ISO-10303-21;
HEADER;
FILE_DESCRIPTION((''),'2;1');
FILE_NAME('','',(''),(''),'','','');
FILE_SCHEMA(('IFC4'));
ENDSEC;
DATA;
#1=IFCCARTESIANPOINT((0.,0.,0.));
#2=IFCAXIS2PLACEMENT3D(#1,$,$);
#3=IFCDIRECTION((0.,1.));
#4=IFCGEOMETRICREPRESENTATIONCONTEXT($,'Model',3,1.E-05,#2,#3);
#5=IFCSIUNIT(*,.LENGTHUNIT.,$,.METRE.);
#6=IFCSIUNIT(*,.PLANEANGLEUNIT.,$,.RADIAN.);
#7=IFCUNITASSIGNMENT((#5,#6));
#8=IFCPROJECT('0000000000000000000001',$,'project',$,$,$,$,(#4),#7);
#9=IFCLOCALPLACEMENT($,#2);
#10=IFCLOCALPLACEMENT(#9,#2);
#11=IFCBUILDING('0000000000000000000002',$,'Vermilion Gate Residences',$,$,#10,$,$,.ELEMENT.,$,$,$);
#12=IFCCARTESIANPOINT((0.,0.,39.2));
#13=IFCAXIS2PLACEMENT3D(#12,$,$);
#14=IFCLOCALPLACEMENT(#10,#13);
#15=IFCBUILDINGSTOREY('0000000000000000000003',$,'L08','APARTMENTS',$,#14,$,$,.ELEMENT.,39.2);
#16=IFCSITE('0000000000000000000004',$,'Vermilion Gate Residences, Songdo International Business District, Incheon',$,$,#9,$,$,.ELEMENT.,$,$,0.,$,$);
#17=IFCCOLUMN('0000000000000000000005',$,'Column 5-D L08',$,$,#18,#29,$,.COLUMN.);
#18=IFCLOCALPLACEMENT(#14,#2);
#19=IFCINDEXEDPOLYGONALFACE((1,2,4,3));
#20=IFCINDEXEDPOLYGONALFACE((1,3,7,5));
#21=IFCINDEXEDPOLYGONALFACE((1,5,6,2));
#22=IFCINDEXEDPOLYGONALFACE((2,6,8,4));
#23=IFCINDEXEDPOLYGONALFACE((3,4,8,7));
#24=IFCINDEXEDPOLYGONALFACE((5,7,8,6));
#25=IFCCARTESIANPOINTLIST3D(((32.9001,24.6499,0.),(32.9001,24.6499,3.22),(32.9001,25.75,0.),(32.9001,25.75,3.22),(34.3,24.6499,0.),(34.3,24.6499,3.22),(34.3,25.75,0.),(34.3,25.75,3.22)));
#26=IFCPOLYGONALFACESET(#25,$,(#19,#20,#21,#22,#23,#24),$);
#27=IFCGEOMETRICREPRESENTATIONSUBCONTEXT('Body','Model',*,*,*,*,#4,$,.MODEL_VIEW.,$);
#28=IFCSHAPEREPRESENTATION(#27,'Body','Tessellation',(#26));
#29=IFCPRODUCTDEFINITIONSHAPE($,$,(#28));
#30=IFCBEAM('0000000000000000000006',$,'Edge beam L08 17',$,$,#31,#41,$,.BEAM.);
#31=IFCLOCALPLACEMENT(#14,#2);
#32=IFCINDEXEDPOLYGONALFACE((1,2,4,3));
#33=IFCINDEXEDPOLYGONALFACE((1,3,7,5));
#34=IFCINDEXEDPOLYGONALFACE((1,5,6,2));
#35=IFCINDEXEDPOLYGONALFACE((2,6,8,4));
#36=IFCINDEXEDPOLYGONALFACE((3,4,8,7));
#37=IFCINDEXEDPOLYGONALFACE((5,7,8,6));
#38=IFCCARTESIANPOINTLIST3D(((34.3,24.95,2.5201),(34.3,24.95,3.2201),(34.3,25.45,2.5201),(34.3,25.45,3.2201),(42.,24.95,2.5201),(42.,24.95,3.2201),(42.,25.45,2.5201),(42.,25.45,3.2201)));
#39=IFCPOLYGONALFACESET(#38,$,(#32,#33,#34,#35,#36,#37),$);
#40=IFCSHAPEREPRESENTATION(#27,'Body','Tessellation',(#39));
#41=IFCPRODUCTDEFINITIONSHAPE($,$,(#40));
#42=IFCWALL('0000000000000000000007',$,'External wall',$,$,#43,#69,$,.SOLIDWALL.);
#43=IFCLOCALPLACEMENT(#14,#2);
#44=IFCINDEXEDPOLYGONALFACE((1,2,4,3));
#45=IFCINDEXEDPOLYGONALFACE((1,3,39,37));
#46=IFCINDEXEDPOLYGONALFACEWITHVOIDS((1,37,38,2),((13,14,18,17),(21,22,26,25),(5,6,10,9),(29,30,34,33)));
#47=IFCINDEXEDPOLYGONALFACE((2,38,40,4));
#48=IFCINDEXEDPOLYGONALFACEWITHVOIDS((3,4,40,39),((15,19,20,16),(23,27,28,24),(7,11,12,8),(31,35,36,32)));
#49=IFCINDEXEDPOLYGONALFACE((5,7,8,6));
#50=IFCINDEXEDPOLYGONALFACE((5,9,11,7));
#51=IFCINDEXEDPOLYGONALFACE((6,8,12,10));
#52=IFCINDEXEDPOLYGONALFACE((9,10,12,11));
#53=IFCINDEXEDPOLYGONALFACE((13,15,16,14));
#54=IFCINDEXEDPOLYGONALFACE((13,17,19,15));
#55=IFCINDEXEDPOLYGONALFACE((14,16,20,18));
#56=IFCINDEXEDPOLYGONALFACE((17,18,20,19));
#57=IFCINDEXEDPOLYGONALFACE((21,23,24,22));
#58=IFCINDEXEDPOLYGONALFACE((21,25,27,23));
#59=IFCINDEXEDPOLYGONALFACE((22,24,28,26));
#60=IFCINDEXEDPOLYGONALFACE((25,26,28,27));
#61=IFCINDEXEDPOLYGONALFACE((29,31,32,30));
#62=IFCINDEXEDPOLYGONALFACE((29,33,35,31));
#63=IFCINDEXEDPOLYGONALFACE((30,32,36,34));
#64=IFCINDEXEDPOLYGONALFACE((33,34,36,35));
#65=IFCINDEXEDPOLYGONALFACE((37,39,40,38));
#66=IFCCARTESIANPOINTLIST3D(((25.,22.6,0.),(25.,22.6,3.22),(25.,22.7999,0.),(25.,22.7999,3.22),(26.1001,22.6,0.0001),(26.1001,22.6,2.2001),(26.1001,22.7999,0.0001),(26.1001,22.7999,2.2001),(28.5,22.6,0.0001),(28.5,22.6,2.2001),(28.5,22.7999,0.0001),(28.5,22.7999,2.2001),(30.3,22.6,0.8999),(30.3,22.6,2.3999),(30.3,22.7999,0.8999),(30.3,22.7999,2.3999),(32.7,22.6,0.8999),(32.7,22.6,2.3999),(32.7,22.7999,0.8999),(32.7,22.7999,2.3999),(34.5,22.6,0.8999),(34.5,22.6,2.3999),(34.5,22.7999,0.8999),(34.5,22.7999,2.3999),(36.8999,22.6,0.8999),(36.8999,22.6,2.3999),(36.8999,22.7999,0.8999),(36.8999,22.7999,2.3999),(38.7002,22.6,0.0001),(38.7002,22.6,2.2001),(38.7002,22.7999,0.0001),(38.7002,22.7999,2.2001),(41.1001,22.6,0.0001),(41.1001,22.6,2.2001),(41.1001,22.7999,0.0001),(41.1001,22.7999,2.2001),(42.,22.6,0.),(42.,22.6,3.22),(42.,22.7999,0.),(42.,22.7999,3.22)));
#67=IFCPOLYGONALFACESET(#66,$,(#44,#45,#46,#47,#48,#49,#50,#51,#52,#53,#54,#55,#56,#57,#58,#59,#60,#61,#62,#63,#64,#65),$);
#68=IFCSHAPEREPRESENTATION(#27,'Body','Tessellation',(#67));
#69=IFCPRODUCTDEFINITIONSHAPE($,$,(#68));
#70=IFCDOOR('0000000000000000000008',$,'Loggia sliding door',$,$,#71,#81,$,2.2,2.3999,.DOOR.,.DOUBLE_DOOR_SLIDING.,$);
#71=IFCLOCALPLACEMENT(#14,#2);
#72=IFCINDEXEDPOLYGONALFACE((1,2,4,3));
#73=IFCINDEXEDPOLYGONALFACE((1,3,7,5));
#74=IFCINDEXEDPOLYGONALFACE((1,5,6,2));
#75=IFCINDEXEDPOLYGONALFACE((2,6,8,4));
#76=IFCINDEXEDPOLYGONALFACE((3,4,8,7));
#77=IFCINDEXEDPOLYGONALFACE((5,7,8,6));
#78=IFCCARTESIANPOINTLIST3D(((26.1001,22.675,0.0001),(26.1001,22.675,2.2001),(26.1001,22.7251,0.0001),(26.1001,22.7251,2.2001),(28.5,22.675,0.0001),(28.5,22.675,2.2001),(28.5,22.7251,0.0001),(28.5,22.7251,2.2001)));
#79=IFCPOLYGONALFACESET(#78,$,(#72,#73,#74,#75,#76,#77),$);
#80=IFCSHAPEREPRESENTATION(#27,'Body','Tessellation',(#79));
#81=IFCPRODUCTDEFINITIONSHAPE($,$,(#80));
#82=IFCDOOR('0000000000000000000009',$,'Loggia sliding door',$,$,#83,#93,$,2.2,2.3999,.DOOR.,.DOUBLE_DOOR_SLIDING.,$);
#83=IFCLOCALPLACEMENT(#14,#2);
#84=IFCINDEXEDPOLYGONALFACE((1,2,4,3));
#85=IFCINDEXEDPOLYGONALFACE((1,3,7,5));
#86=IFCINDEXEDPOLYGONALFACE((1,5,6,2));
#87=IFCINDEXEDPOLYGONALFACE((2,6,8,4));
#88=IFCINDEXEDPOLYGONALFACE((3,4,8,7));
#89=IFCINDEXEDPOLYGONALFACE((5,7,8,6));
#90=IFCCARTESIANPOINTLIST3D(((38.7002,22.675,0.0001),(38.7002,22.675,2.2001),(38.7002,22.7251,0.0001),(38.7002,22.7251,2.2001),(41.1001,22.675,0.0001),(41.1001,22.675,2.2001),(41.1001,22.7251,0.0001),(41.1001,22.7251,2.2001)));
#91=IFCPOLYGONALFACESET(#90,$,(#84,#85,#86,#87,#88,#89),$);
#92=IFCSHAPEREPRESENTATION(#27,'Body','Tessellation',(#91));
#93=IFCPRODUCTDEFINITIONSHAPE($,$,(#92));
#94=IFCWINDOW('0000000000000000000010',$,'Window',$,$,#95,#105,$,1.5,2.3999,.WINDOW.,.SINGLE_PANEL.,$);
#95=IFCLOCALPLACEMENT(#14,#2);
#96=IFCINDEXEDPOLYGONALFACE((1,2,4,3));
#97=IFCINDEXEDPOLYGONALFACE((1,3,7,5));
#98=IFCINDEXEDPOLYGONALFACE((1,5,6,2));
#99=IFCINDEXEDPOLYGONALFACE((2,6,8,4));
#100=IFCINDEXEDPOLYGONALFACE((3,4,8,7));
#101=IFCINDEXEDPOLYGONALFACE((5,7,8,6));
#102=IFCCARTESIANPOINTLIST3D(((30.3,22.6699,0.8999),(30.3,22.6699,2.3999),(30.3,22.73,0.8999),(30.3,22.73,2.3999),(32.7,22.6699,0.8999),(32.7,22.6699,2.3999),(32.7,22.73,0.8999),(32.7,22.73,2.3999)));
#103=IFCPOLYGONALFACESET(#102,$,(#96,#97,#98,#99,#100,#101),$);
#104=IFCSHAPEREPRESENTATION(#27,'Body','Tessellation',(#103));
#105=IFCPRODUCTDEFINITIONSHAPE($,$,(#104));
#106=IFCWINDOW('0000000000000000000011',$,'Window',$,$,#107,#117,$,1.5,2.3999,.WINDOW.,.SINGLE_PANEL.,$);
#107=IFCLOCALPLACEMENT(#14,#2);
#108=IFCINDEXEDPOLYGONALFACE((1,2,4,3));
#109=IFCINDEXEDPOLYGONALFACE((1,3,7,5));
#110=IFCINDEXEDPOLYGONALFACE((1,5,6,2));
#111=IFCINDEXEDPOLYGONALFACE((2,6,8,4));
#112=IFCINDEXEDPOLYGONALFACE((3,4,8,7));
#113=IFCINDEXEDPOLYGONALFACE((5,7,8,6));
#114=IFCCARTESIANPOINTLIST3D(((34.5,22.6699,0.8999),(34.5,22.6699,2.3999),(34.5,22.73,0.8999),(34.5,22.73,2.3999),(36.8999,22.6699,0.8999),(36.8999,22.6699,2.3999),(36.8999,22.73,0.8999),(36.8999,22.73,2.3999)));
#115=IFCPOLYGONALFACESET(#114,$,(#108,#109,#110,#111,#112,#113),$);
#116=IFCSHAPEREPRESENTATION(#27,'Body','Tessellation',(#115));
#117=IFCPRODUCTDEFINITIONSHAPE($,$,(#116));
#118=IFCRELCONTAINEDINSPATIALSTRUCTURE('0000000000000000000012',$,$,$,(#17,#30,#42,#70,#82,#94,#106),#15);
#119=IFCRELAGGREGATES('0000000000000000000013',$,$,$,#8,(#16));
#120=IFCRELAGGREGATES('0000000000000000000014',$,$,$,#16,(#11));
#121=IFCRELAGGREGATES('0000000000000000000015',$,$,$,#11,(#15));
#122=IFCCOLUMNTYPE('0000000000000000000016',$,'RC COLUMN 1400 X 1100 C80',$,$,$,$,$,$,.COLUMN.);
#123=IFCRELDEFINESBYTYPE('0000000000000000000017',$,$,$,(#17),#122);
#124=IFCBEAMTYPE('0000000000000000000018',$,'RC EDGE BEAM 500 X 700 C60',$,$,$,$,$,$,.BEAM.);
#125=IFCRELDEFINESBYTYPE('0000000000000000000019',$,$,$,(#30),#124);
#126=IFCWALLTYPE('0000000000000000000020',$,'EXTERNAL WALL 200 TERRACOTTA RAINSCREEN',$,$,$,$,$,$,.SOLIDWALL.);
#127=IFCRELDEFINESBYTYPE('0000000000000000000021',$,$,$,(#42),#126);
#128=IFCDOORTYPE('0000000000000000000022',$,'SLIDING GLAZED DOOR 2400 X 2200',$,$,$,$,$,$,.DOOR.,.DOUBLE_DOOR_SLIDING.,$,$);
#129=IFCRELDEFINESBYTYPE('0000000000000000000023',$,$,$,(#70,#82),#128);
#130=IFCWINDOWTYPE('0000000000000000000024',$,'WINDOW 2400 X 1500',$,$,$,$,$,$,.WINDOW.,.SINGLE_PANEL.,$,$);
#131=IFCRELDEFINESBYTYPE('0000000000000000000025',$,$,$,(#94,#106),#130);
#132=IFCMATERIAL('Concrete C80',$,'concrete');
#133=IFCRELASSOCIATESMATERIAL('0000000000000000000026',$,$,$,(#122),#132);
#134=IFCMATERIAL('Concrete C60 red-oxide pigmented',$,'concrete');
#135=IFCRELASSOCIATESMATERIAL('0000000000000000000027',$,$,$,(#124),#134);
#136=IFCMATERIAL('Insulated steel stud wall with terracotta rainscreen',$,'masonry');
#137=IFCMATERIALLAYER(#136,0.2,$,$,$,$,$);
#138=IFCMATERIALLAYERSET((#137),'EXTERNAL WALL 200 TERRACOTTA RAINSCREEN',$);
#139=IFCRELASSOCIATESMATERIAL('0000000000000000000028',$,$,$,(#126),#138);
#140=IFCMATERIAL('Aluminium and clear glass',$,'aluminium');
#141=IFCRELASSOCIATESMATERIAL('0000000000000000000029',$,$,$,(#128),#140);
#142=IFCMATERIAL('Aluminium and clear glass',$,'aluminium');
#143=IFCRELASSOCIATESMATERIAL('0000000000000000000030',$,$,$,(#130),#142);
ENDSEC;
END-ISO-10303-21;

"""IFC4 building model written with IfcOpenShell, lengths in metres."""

from ifc_helpers import new_model, si_unit, direction, frame, frame_2d, origin, origin_2d, place, context, subcontext, project, spatial, rectangle, extrude, material, layer, layer_set, material_profile, profile_set, type_object, element, fill, save


model = new_model("IFC4")

# Units and contexts
model_context = context("Model", 3, precision=1e-05, world=origin(), true_north=direction((0.0, 1.0)))
body_context = subcontext(model_context, "Body", "Model", "MODEL_VIEW")
ifc_project = project(units=[si_unit("LENGTHUNIT", "METRE"), si_unit("PLANEANGLEUNIT", "RADIAN")], contexts=[model_context])

# Site, building, storey
site_placement = place(None, origin())
site = spatial("IfcSite", under=ifc_project, at=site_placement, Name="Vermilion Gate Residences, Songdo International Business District, Incheon", CompositionType="ELEMENT", RefElevation=0.0)
building_placement = place(site_placement, origin())
building = spatial("IfcBuilding", under=site, at=building_placement, Name="Vermilion Gate Residences", CompositionType="ELEMENT")
storey_placement = place(building_placement, frame((0.0, 0.0, 39.2)))
storey = spatial("IfcBuildingStorey", under=building, at=storey_placement, Name="L08", Description="APARTMENTS", CompositionType="ELEMENT", Elevation=39.2)

# Column
ifc_material_1 = material(Name="Concrete C80", Category="concrete")
ifc_material_profile_1 = material_profile(ifc_material_1, rectangle(XDim=1.3999, YDim=1.1001, at=origin_2d()), Name="RC-1400x1100")
ifc_profile_set_1 = profile_set([ifc_material_profile_1], Name="Concrete C80")
column_type = type_object("IfcColumnType", Name="RC COLUMN 1400 X 1100 C80", PredefinedType="COLUMN", material=ifc_profile_set_1)
column_placement = place(storey_placement, frame((33.6001, 25.2, 0.0), z_axis=(0.0, 0.0, 1.0), x_axis=(1.0, 0.0, 0.0)))
element("IfcColumn", 1, at=column_placement, inside=storey, type_object=column_type, Name="Column 5-D L08", PredefinedType="COLUMN", context=body_context, shape_type="SweptSolid", body=[
    extrude(rectangle(XDim=1.3999, YDim=1.1001, at=origin_2d()), origin(), (0.0, 0.0, 1.0), 3.22),
])

# Beam
ifc_material_2 = material(Name="Concrete C60 red-oxide pigmented", Category="concrete")
ifc_material_profile_2 = material_profile(ifc_material_2, rectangle(XDim=0.5, YDim=0.7, at=origin_2d()), Name="RC-500x700")
ifc_profile_set_2 = profile_set([ifc_material_profile_2], Name="Concrete C60 red-oxide pigmented")
beam_type = type_object("IfcBeamType", Name="RC EDGE BEAM 500 X 700 C60", PredefinedType="BEAM", material=ifc_profile_set_2)
beam_placement = place(storey_placement, frame((34.3, 25.2, 2.8701), z_axis=(1.0, 0.0, 0.0), x_axis=(0.0, 1.0, 0.0)))
element("IfcBeam", 2, at=beam_placement, inside=storey, type_object=beam_type, Name="Edge beam L08 17", PredefinedType="BEAM", context=body_context, shape_type="SweptSolid", body=[
    extrude(rectangle(XDim=0.5, YDim=0.7, at=origin_2d()), origin(), (0.0, 0.0, 1.0), 7.7),
])

# Wall, openings, doors, windows
ifc_material_3 = material(Name="Insulated steel stud wall with terracotta rainscreen", Category="masonry")
ifc_layer_1 = layer(ifc_material_3, 0.2)
ifc_layer_set_1 = layer_set([ifc_layer_1], Name="EXTERNAL WALL 200 TERRACOTTA RAINSCREEN")
wall_type_1 = type_object("IfcWallType", Name="EXTERNAL WALL 200 TERRACOTTA RAINSCREEN", PredefinedType="SOLIDWALL", material=ifc_layer_set_1)
wall_1_placement = place(storey_placement, frame((42.0, 22.7, 0.0), z_axis=(0.0, 0.0, 1.0), x_axis=(-1.0, 0.0, 0.0)))
wall_1 = element("IfcWall", 3, at=wall_1_placement, inside=storey, type_object=wall_type_1, Name="External wall", PredefinedType="SOLIDWALL", context=body_context, shape_type="SweptSolid", body=[
    extrude(rectangle(XDim=17.0, YDim=0.2, at=frame_2d((8.5, 0.0))), origin(), (0.0, 0.0, 1.0), 3.22),
])
opening_1_placement = place(wall_1_placement, frame((13.5, 0.0, 0.0)))
opening_1 = element("IfcOpeningElement", 4, at=opening_1_placement, cuts=wall_1, PredefinedType="OPENING", context=body_context, shape_type="SweptSolid", body=[
    extrude(rectangle(XDim=2.3999, YDim=2.2, at=frame_2d((1.2, 1.1001))), frame((0.0, 0.1099, 0.0), z_axis=(0.0, -1.0, 0.0), x_axis=(1.0, 0.0, 0.0)), (0.0, 0.0, 1.0), 0.22),
])
opening_2_placement = place(wall_1_placement, frame((9.3, 0.0, 0.8999)))
opening_2 = element("IfcOpeningElement", 5, at=opening_2_placement, cuts=wall_1, PredefinedType="OPENING", context=body_context, shape_type="SweptSolid", body=[
    extrude(rectangle(XDim=2.3999, YDim=1.5, at=frame_2d((1.2, 0.75))), frame((0.0, 0.1099, 0.0), z_axis=(0.0, -1.0, 0.0), x_axis=(1.0, 0.0, 0.0)), (0.0, 0.0, 1.0), 0.22),
])
opening_3_placement = place(wall_1_placement, frame((5.1001, 0.0, 0.8999)))
opening_3 = element("IfcOpeningElement", 6, at=opening_3_placement, cuts=wall_1, PredefinedType="OPENING", context=body_context, shape_type="SweptSolid", body=[
    extrude(rectangle(XDim=2.3999, YDim=1.5, at=frame_2d((1.2, 0.75))), frame((0.0, 0.1099, 0.0), z_axis=(0.0, -1.0, 0.0), x_axis=(1.0, 0.0, 0.0)), (0.0, 0.0, 1.0), 0.22),
])
opening_4_placement = place(wall_1_placement, frame((0.8999, 0.0, 0.0)))
opening_4 = element("IfcOpeningElement", 7, at=opening_4_placement, cuts=wall_1, PredefinedType="OPENING", context=body_context, shape_type="SweptSolid", body=[
    extrude(rectangle(XDim=2.3999, YDim=2.2, at=frame_2d((1.2, 1.1001))), frame((0.0, 0.1099, 0.0), z_axis=(0.0, -1.0, 0.0), x_axis=(1.0, 0.0, 0.0)), (0.0, 0.0, 1.0), 0.22),
])
ifc_material_4 = material(Name="Aluminium and clear glass", Category="aluminium")
door_type_1 = type_object("IfcDoorType", Name="SLIDING GLAZED DOOR 2400 X 2200", OperationType="DOUBLE_DOOR_SLIDING", PredefinedType="DOOR", material=ifc_material_4)
door_1_placement = place(opening_1_placement, origin())
door_1 = element("IfcDoor", 8, at=door_1_placement, inside=storey, type_object=door_type_1, Name="Loggia sliding door", OperationType="DOUBLE_DOOR_SLIDING", OverallHeight=2.2, OverallWidth=2.3999, PredefinedType="DOOR", context=body_context, shape_type="SweptSolid", body=[
    extrude(rectangle(XDim=2.3999, YDim=2.2, at=frame_2d((1.2, 1.1001))), frame((0.0, 0.0249, 0.0), z_axis=(0.0, -1.0, 0.0), x_axis=(1.0, 0.0, 0.0)), (0.0, 0.0, 1.0), 0.05),
])
fill(opening_1, door_1)
door_2_placement = place(opening_4_placement, origin())
door_2 = element("IfcDoor", 9, at=door_2_placement, inside=storey, type_object=door_type_1, Name="Loggia sliding door", OperationType="DOUBLE_DOOR_SLIDING", OverallHeight=2.2, OverallWidth=2.3999, PredefinedType="DOOR", context=body_context, shape_type="SweptSolid", body=[
    extrude(rectangle(XDim=2.3999, YDim=2.2, at=frame_2d((1.2, 1.1001))), frame((0.0, 0.0249, 0.0), z_axis=(0.0, -1.0, 0.0), x_axis=(1.0, 0.0, 0.0)), (0.0, 0.0, 1.0), 0.05),
])
fill(opening_4, door_2)
ifc_material_5 = material(Name="Aluminium and clear glass", Category="aluminium")
window_type = type_object("IfcWindowType", Name="WINDOW 2400 X 1500", PartitioningType="SINGLE_PANEL", PredefinedType="WINDOW", material=ifc_material_5)
window_1_placement = place(opening_2_placement, origin())
window_1 = element("IfcWindow", 10, at=window_1_placement, inside=storey, type_object=window_type, Name="Window", OverallHeight=1.5, OverallWidth=2.3999, PartitioningType="SINGLE_PANEL", PredefinedType="WINDOW", context=body_context, shape_type="SweptSolid", body=[
    extrude(rectangle(XDim=2.3999, YDim=1.5, at=frame_2d((1.2, 0.75))), frame((0.0, 0.03, 0.0), z_axis=(0.0, -1.0, 0.0), x_axis=(1.0, 0.0, 0.0)), (0.0, 0.0, 1.0), 0.0601),
])
fill(opening_2, window_1)
window_2_placement = place(opening_3_placement, origin())
window_2 = element("IfcWindow", 11, at=window_2_placement, inside=storey, type_object=window_type, Name="Window", OverallHeight=1.5, OverallWidth=2.3999, PartitioningType="SINGLE_PANEL", PredefinedType="WINDOW", context=body_context, shape_type="SweptSolid", body=[
    extrude(rectangle(XDim=2.3999, YDim=1.5, at=frame_2d((1.2, 0.75))), frame((0.0, 0.03, 0.0), z_axis=(0.0, -1.0, 0.0), x_axis=(1.0, 0.0, 0.0)), (0.0, 0.0, 1.0), 0.0601),
])
fill(opening_3, window_2)

save(model, "model.ifc")
